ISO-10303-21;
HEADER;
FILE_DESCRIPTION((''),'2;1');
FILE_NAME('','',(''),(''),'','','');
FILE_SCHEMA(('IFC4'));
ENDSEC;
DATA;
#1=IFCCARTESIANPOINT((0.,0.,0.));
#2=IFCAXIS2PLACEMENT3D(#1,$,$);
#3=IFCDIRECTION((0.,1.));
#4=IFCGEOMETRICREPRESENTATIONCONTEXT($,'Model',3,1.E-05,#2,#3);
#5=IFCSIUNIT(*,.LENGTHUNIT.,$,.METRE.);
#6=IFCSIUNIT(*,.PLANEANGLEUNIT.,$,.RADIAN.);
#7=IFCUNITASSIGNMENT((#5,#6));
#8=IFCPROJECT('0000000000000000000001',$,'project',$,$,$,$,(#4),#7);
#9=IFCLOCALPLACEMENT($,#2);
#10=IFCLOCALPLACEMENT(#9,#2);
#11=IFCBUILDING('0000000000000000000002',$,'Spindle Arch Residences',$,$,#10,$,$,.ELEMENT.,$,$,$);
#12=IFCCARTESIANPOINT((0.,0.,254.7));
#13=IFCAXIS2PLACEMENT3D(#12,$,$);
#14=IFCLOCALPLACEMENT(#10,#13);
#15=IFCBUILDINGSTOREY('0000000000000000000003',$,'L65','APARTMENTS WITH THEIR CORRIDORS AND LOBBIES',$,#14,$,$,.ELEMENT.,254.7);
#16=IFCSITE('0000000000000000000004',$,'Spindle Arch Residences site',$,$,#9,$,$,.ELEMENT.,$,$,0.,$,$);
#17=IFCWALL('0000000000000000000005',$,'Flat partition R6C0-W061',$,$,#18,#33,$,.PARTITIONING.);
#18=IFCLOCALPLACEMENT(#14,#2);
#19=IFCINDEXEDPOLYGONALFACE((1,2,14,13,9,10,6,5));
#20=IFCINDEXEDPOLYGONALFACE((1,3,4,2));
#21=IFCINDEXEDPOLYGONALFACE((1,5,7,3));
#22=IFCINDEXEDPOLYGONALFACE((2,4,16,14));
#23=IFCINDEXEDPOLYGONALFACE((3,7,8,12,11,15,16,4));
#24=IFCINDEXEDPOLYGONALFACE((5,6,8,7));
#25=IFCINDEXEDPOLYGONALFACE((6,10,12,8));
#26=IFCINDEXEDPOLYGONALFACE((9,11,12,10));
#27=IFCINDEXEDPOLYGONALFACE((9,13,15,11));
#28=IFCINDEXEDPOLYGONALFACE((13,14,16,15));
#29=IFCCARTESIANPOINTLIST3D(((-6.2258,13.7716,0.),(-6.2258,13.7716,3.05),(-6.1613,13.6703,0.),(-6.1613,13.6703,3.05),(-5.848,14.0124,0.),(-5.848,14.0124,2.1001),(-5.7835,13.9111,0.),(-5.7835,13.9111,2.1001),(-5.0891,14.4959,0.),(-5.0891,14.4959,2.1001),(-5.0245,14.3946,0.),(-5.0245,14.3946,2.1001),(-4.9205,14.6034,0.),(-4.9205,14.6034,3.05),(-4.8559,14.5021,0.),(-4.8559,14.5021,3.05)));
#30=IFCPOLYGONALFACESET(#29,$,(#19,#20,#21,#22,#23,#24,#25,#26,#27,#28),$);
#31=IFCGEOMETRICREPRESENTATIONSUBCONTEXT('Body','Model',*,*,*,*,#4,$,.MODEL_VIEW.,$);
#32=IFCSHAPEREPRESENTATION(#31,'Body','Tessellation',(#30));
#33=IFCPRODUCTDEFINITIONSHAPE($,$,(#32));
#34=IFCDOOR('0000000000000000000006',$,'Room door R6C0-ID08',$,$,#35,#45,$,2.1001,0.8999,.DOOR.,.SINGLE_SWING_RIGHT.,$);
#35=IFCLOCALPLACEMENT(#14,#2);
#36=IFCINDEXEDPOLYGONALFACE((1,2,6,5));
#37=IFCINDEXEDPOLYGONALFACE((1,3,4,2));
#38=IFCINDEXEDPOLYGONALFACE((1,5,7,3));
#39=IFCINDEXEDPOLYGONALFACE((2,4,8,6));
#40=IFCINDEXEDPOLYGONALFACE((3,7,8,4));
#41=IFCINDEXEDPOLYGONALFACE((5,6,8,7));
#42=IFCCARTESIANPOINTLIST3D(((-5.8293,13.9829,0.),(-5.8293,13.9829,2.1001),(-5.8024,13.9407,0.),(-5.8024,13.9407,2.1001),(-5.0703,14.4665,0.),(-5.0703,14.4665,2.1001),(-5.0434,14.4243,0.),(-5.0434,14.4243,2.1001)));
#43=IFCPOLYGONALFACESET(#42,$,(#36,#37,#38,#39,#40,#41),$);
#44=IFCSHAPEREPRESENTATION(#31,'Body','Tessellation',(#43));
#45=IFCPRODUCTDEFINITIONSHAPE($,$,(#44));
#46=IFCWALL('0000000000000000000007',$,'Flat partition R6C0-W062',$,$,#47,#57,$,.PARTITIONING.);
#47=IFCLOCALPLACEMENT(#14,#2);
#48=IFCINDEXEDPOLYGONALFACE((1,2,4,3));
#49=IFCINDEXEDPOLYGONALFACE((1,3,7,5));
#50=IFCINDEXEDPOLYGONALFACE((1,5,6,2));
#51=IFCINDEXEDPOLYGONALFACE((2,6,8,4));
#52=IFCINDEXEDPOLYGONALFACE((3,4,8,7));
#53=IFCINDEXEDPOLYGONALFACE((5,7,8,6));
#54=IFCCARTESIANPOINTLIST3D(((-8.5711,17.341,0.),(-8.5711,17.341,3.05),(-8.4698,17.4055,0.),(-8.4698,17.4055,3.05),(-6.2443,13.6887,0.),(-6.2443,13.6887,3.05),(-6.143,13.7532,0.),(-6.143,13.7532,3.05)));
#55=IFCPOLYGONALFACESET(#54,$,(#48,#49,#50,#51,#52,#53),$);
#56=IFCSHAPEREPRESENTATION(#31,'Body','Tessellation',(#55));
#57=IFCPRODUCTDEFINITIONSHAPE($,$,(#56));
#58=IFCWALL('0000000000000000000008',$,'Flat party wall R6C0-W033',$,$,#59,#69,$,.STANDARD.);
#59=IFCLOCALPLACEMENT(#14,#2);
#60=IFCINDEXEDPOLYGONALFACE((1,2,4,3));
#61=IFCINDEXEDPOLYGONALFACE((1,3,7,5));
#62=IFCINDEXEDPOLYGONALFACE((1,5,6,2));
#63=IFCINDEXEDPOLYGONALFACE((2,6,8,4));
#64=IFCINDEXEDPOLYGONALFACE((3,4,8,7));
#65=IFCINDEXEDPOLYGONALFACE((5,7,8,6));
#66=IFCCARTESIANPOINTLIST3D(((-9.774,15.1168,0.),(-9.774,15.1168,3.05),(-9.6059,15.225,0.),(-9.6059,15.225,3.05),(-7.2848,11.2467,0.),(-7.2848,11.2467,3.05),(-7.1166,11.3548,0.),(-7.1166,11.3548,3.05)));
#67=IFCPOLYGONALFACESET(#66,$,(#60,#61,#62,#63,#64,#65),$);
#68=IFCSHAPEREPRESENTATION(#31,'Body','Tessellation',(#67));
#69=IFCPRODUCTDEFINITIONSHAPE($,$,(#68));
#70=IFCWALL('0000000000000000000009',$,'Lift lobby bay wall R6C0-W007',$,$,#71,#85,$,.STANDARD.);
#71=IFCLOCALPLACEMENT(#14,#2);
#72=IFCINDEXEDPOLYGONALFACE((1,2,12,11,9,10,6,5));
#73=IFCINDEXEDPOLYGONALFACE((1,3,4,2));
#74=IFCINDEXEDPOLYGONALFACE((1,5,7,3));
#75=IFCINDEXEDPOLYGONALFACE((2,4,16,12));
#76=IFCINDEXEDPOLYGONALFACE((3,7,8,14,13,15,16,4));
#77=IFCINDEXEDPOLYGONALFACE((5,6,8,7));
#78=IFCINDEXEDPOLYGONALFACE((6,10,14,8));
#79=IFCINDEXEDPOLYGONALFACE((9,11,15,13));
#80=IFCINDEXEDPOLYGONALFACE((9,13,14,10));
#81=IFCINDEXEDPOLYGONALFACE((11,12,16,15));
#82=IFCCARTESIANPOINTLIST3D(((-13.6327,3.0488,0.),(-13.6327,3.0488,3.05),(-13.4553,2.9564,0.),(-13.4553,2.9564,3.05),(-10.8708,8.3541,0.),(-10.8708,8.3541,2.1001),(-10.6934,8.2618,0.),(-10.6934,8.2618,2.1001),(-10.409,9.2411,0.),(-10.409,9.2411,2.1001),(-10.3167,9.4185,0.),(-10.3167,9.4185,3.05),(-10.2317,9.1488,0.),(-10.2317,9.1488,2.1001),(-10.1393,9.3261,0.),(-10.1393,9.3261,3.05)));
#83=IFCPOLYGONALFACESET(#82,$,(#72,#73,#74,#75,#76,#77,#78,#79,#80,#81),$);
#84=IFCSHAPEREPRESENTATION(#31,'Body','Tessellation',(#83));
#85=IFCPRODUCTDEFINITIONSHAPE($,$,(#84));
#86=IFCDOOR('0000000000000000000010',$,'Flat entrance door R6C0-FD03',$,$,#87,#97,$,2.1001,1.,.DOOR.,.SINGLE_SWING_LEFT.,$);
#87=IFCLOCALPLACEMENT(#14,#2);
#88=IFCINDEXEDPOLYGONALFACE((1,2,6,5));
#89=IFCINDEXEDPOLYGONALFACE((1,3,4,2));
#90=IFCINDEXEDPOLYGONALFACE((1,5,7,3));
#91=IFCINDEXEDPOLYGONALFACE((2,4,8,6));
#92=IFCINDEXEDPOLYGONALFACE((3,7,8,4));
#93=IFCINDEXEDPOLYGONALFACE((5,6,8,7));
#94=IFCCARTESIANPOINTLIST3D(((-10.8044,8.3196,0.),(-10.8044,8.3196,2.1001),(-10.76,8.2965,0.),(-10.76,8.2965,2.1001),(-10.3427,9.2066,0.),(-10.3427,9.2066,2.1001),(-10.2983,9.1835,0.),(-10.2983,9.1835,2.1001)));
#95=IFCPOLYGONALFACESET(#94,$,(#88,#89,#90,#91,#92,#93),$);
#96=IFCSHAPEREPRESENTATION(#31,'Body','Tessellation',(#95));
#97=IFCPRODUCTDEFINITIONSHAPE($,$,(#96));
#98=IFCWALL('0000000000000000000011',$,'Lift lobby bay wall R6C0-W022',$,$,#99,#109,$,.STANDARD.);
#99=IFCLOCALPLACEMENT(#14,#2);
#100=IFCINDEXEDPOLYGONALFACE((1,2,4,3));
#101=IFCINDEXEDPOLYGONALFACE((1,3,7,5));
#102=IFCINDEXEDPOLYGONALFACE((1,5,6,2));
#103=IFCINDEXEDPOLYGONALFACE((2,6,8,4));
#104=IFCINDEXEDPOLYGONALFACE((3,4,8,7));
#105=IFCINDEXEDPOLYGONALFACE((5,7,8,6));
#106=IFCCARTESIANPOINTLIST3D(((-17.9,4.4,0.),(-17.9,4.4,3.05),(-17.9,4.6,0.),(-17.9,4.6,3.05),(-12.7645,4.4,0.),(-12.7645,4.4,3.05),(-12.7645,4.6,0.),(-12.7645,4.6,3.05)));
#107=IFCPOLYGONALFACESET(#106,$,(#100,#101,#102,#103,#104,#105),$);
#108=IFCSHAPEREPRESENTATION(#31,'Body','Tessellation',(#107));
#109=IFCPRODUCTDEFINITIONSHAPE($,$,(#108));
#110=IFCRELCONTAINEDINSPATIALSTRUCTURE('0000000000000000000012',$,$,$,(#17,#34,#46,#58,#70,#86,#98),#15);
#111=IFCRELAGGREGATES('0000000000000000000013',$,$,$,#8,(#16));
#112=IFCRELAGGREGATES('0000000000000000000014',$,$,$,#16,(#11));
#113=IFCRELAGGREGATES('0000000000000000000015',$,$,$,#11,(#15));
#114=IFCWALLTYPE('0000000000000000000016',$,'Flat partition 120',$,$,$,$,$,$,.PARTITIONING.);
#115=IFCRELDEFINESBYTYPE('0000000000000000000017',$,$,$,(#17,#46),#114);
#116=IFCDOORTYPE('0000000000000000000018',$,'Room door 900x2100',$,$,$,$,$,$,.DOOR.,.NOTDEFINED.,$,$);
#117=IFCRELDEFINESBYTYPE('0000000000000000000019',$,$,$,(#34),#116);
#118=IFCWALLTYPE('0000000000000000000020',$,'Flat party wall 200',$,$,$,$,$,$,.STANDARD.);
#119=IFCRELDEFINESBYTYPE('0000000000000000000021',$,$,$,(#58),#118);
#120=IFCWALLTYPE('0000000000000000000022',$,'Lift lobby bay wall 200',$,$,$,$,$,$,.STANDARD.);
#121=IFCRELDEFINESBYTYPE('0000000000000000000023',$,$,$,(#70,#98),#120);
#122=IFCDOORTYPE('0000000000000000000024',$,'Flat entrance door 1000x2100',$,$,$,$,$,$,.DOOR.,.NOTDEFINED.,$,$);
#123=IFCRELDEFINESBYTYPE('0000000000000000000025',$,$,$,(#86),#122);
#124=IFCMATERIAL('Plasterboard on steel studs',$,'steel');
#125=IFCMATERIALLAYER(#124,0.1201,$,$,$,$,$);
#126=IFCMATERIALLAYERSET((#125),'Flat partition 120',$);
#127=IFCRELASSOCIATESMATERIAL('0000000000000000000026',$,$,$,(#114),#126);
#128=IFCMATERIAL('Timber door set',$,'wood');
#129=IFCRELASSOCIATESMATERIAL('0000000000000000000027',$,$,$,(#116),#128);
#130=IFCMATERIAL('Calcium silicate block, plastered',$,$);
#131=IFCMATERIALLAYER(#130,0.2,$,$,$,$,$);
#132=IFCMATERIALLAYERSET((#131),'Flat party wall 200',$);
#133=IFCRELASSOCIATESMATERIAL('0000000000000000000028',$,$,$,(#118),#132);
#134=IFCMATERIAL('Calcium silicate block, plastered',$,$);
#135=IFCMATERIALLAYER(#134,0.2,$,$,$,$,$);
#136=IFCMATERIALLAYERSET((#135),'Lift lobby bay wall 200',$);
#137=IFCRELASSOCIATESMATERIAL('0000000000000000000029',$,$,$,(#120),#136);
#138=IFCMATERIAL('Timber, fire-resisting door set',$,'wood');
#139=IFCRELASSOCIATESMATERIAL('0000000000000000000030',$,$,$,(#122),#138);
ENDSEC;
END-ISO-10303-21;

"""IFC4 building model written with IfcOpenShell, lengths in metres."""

from ifc_helpers import new_model, si_unit, direction, frame, frame_2d, origin, place, context, subcontext, project, spatial, rectangle, extrude, material, layer, layer_set, type_object, element, fill, save


model = new_model("IFC4")

# Units and contexts
model_context = context("Model", 3, precision=1e-05, world=origin(), true_north=direction((0.0, 1.0)))
body_context = subcontext(model_context, "Body", "Model", "MODEL_VIEW")
ifc_project = project(units=[si_unit("LENGTHUNIT", "METRE"), si_unit("PLANEANGLEUNIT", "RADIAN")], contexts=[model_context])

# Site, building, storey
site_placement = place(None, origin())
site = spatial("IfcSite", under=ifc_project, at=site_placement, Name="Spindle Arch Residences site", CompositionType="ELEMENT", RefElevation=0.0)
building_placement = place(site_placement, origin())
building = spatial("IfcBuilding", under=site, at=building_placement, Name="Spindle Arch Residences", CompositionType="ELEMENT")
storey_placement = place(building_placement, frame((0.0, 0.0, 254.7)))
storey = spatial("IfcBuildingStorey", under=building, at=storey_placement, Name="L65", Description="APARTMENTS WITH THEIR CORRIDORS AND LOBBIES", CompositionType="ELEMENT", Elevation=254.7)

# Wall, opening, door
ifc_material_1 = material(Name="Plasterboard on steel studs", Category="steel")
ifc_layer_1 = layer(ifc_material_1, 0.1201)
ifc_layer_set_1 = layer_set([ifc_layer_1], Name="Flat partition 120")
wall_type_1 = type_object("IfcWallType", Name="Flat partition 120", PredefinedType="PARTITIONING", material=ifc_layer_set_1)
wall_1_placement = place(storey_placement, frame((-4.8882, 14.5527, 0.0), z_axis=(0.0, 0.0, 1.0), x_axis=(-0.84335, -0.537365, 0.0)))
wall_1 = element("IfcWall", 1, at=wall_1_placement, inside=storey, type_object=wall_type_1, Name="Flat partition R6C0-W061", PredefinedType="PARTITIONING", context=body_context, shape_type="SweptSolid", body=[
    extrude(rectangle(XDim=1.5479, YDim=0.1201, at=frame_2d((0.7739, 0.0))), origin(), (0.0, 0.0, 1.0), 3.05),
])
opening_1_placement = place(wall_1_placement, frame((0.2, 0.0, 0.0)))
opening_1 = element("IfcOpeningElement", 2, at=opening_1_placement, cuts=wall_1, PredefinedType="OPENING", context=body_context, shape_type="SweptSolid", body=[
    extrude(rectangle(XDim=0.8999, YDim=2.1001, at=frame_2d((0.45, 1.05))), frame((0.0, 0.0701, 0.0), z_axis=(0.0, -1.0, 0.0), x_axis=(1.0, 0.0, 0.0)), (0.0, 0.0, 1.0), 0.1401),
])
ifc_material_2 = material(Name="Timber door set", Category="wood")
door_type_1 = type_object("IfcDoorType", Name="Room door 900x2100", OperationType="NOTDEFINED", PredefinedType="DOOR", material=ifc_material_2)
door_1_placement = place(opening_1_placement, origin())
door_1 = element("IfcDoor", 3, at=door_1_placement, inside=storey, type_object=door_type_1, Name="Room door R6C0-ID08", OperationType="SINGLE_SWING_RIGHT", OverallHeight=2.1001, OverallWidth=0.8999, PredefinedType="DOOR", context=body_context, shape_type="SweptSolid", body=[
    extrude(rectangle(XDim=0.8999, YDim=2.1001, at=frame_2d((0.45, 1.05))), frame((0.0, 0.0249, 0.0), z_axis=(0.0, -1.0, 0.0), x_axis=(1.0, 0.0, 0.0)), (0.0, 0.0, 1.0), 0.05),
])
fill(opening_1, door_1)

# Walls
wall_2_placement = place(storey_placement, frame((-6.1936, 13.7209, 0.0), z_axis=(0.0, 0.0, 1.0), x_axis=(-0.537317, 0.84338, 0.0)))
element("IfcWall", 4, at=wall_2_placement, inside=storey, type_object=wall_type_1, Name="Flat partition R6C0-W062", PredefinedType="PARTITIONING", context=body_context, shape_type="SweptSolid", body=[
    extrude(rectangle(XDim=4.3306, YDim=0.1201, at=frame_2d((2.1653, 0.0))), origin(), (0.0, 0.0, 1.0), 3.05),
])
ifc_material_3 = material(Name="Calcium silicate block, plastered")
ifc_layer_2 = layer(ifc_material_3, 0.2)
ifc_layer_set_2 = layer_set([ifc_layer_2], Name="Flat party wall 200")
wall_type_2 = type_object("IfcWallType", Name="Flat party wall 200", PredefinedType="STANDARD", material=ifc_layer_set_2)
wall_3_placement = place(storey_placement, frame((-9.6899, 15.1709, 0.0), z_axis=(0.0, 0.0, 1.0), x_axis=(0.540961, -0.841047, 0.0)))
element("IfcWall", 5, at=wall_3_placement, inside=storey, type_object=wall_type_2, Name="Flat party wall R6C0-W033", PredefinedType="STANDARD", context=body_context, shape_type="SweptSolid", body=[
    extrude(rectangle(XDim=4.6016, YDim=0.2, at=frame_2d((2.3008, 0.0))), origin(), (0.0, 0.0, 1.0), 3.05),
])

# Wall, opening, door
ifc_material_4 = material(Name="Calcium silicate block, plastered")
ifc_layer_3 = layer(ifc_material_4, 0.2)
ifc_layer_set_3 = layer_set([ifc_layer_3], Name="Lift lobby bay wall 200")
wall_type_3 = type_object("IfcWallType", Name="Lift lobby bay wall 200", PredefinedType="STANDARD", material=ifc_layer_set_3)
wall_4_placement = place(storey_placement, frame((-10.228, 9.3723, 0.0), z_axis=(0.0, 0.0, 1.0), x_axis=(-0.461759, -0.887005, 0.0)))
wall_4 = element("IfcWall", 6, at=wall_4_placement, inside=storey, type_object=wall_type_3, Name="Lift lobby bay wall R6C0-W007", PredefinedType="STANDARD", context=body_context, shape_type="SweptSolid", body=[
    extrude(rectangle(XDim=7.1812, YDim=0.2, at=frame_2d((3.5906, 0.0))), origin(), (0.0, 0.0, 1.0), 3.05),
])
opening_2_placement = place(wall_4_placement, frame((0.2, 0.0, 0.0)))
opening_2 = element("IfcOpeningElement", 7, at=opening_2_placement, cuts=wall_4, PredefinedType="OPENING", context=body_context, shape_type="SweptSolid", body=[
    extrude(rectangle(XDim=1.0, YDim=2.1001, at=frame_2d((0.5, 1.05))), frame((0.0, 0.1099, 0.0), z_axis=(0.0, -1.0, 0.0), x_axis=(1.0, 0.0, 0.0)), (0.0, 0.0, 1.0), 0.22),
])
ifc_material_5 = material(Name="Timber, fire-resisting door set", Category="wood")
door_type_2 = type_object("IfcDoorType", Name="Flat entrance door 1000x2100", OperationType="NOTDEFINED", PredefinedType="DOOR", material=ifc_material_5)
door_2_placement = place(opening_2_placement, origin())
door_2 = element("IfcDoor", 8, at=door_2_placement, inside=storey, type_object=door_type_2, Name="Flat entrance door R6C0-FD03", OperationType="SINGLE_SWING_LEFT", OverallHeight=2.1001, OverallWidth=1.0, PredefinedType="DOOR", context=body_context, shape_type="SweptSolid", body=[
    extrude(rectangle(XDim=1.0, YDim=2.1001, at=frame_2d((0.5, 1.05))), frame((0.0, 0.0249, 0.0), z_axis=(0.0, -1.0, 0.0), x_axis=(1.0, 0.0, 0.0)), (0.0, 0.0, 1.0), 0.05),
])
fill(opening_2, door_2)

# Wall
wall_5_placement = place(storey_placement, frame((-12.7644, 4.5, 0.0), z_axis=(0.0, 0.0, 1.0), x_axis=(-1.0, 0.0, 0.0)))
element("IfcWall", 9, at=wall_5_placement, inside=storey, type_object=wall_type_3, Name="Lift lobby bay wall R6C0-W022", PredefinedType="STANDARD", context=body_context, shape_type="SweptSolid", body=[
    extrude(rectangle(XDim=5.1355, YDim=0.2, at=frame_2d((2.5679, 0.0))), origin(), (0.0, 0.0, 1.0), 3.05),
])

save(model, "model.ifc")
